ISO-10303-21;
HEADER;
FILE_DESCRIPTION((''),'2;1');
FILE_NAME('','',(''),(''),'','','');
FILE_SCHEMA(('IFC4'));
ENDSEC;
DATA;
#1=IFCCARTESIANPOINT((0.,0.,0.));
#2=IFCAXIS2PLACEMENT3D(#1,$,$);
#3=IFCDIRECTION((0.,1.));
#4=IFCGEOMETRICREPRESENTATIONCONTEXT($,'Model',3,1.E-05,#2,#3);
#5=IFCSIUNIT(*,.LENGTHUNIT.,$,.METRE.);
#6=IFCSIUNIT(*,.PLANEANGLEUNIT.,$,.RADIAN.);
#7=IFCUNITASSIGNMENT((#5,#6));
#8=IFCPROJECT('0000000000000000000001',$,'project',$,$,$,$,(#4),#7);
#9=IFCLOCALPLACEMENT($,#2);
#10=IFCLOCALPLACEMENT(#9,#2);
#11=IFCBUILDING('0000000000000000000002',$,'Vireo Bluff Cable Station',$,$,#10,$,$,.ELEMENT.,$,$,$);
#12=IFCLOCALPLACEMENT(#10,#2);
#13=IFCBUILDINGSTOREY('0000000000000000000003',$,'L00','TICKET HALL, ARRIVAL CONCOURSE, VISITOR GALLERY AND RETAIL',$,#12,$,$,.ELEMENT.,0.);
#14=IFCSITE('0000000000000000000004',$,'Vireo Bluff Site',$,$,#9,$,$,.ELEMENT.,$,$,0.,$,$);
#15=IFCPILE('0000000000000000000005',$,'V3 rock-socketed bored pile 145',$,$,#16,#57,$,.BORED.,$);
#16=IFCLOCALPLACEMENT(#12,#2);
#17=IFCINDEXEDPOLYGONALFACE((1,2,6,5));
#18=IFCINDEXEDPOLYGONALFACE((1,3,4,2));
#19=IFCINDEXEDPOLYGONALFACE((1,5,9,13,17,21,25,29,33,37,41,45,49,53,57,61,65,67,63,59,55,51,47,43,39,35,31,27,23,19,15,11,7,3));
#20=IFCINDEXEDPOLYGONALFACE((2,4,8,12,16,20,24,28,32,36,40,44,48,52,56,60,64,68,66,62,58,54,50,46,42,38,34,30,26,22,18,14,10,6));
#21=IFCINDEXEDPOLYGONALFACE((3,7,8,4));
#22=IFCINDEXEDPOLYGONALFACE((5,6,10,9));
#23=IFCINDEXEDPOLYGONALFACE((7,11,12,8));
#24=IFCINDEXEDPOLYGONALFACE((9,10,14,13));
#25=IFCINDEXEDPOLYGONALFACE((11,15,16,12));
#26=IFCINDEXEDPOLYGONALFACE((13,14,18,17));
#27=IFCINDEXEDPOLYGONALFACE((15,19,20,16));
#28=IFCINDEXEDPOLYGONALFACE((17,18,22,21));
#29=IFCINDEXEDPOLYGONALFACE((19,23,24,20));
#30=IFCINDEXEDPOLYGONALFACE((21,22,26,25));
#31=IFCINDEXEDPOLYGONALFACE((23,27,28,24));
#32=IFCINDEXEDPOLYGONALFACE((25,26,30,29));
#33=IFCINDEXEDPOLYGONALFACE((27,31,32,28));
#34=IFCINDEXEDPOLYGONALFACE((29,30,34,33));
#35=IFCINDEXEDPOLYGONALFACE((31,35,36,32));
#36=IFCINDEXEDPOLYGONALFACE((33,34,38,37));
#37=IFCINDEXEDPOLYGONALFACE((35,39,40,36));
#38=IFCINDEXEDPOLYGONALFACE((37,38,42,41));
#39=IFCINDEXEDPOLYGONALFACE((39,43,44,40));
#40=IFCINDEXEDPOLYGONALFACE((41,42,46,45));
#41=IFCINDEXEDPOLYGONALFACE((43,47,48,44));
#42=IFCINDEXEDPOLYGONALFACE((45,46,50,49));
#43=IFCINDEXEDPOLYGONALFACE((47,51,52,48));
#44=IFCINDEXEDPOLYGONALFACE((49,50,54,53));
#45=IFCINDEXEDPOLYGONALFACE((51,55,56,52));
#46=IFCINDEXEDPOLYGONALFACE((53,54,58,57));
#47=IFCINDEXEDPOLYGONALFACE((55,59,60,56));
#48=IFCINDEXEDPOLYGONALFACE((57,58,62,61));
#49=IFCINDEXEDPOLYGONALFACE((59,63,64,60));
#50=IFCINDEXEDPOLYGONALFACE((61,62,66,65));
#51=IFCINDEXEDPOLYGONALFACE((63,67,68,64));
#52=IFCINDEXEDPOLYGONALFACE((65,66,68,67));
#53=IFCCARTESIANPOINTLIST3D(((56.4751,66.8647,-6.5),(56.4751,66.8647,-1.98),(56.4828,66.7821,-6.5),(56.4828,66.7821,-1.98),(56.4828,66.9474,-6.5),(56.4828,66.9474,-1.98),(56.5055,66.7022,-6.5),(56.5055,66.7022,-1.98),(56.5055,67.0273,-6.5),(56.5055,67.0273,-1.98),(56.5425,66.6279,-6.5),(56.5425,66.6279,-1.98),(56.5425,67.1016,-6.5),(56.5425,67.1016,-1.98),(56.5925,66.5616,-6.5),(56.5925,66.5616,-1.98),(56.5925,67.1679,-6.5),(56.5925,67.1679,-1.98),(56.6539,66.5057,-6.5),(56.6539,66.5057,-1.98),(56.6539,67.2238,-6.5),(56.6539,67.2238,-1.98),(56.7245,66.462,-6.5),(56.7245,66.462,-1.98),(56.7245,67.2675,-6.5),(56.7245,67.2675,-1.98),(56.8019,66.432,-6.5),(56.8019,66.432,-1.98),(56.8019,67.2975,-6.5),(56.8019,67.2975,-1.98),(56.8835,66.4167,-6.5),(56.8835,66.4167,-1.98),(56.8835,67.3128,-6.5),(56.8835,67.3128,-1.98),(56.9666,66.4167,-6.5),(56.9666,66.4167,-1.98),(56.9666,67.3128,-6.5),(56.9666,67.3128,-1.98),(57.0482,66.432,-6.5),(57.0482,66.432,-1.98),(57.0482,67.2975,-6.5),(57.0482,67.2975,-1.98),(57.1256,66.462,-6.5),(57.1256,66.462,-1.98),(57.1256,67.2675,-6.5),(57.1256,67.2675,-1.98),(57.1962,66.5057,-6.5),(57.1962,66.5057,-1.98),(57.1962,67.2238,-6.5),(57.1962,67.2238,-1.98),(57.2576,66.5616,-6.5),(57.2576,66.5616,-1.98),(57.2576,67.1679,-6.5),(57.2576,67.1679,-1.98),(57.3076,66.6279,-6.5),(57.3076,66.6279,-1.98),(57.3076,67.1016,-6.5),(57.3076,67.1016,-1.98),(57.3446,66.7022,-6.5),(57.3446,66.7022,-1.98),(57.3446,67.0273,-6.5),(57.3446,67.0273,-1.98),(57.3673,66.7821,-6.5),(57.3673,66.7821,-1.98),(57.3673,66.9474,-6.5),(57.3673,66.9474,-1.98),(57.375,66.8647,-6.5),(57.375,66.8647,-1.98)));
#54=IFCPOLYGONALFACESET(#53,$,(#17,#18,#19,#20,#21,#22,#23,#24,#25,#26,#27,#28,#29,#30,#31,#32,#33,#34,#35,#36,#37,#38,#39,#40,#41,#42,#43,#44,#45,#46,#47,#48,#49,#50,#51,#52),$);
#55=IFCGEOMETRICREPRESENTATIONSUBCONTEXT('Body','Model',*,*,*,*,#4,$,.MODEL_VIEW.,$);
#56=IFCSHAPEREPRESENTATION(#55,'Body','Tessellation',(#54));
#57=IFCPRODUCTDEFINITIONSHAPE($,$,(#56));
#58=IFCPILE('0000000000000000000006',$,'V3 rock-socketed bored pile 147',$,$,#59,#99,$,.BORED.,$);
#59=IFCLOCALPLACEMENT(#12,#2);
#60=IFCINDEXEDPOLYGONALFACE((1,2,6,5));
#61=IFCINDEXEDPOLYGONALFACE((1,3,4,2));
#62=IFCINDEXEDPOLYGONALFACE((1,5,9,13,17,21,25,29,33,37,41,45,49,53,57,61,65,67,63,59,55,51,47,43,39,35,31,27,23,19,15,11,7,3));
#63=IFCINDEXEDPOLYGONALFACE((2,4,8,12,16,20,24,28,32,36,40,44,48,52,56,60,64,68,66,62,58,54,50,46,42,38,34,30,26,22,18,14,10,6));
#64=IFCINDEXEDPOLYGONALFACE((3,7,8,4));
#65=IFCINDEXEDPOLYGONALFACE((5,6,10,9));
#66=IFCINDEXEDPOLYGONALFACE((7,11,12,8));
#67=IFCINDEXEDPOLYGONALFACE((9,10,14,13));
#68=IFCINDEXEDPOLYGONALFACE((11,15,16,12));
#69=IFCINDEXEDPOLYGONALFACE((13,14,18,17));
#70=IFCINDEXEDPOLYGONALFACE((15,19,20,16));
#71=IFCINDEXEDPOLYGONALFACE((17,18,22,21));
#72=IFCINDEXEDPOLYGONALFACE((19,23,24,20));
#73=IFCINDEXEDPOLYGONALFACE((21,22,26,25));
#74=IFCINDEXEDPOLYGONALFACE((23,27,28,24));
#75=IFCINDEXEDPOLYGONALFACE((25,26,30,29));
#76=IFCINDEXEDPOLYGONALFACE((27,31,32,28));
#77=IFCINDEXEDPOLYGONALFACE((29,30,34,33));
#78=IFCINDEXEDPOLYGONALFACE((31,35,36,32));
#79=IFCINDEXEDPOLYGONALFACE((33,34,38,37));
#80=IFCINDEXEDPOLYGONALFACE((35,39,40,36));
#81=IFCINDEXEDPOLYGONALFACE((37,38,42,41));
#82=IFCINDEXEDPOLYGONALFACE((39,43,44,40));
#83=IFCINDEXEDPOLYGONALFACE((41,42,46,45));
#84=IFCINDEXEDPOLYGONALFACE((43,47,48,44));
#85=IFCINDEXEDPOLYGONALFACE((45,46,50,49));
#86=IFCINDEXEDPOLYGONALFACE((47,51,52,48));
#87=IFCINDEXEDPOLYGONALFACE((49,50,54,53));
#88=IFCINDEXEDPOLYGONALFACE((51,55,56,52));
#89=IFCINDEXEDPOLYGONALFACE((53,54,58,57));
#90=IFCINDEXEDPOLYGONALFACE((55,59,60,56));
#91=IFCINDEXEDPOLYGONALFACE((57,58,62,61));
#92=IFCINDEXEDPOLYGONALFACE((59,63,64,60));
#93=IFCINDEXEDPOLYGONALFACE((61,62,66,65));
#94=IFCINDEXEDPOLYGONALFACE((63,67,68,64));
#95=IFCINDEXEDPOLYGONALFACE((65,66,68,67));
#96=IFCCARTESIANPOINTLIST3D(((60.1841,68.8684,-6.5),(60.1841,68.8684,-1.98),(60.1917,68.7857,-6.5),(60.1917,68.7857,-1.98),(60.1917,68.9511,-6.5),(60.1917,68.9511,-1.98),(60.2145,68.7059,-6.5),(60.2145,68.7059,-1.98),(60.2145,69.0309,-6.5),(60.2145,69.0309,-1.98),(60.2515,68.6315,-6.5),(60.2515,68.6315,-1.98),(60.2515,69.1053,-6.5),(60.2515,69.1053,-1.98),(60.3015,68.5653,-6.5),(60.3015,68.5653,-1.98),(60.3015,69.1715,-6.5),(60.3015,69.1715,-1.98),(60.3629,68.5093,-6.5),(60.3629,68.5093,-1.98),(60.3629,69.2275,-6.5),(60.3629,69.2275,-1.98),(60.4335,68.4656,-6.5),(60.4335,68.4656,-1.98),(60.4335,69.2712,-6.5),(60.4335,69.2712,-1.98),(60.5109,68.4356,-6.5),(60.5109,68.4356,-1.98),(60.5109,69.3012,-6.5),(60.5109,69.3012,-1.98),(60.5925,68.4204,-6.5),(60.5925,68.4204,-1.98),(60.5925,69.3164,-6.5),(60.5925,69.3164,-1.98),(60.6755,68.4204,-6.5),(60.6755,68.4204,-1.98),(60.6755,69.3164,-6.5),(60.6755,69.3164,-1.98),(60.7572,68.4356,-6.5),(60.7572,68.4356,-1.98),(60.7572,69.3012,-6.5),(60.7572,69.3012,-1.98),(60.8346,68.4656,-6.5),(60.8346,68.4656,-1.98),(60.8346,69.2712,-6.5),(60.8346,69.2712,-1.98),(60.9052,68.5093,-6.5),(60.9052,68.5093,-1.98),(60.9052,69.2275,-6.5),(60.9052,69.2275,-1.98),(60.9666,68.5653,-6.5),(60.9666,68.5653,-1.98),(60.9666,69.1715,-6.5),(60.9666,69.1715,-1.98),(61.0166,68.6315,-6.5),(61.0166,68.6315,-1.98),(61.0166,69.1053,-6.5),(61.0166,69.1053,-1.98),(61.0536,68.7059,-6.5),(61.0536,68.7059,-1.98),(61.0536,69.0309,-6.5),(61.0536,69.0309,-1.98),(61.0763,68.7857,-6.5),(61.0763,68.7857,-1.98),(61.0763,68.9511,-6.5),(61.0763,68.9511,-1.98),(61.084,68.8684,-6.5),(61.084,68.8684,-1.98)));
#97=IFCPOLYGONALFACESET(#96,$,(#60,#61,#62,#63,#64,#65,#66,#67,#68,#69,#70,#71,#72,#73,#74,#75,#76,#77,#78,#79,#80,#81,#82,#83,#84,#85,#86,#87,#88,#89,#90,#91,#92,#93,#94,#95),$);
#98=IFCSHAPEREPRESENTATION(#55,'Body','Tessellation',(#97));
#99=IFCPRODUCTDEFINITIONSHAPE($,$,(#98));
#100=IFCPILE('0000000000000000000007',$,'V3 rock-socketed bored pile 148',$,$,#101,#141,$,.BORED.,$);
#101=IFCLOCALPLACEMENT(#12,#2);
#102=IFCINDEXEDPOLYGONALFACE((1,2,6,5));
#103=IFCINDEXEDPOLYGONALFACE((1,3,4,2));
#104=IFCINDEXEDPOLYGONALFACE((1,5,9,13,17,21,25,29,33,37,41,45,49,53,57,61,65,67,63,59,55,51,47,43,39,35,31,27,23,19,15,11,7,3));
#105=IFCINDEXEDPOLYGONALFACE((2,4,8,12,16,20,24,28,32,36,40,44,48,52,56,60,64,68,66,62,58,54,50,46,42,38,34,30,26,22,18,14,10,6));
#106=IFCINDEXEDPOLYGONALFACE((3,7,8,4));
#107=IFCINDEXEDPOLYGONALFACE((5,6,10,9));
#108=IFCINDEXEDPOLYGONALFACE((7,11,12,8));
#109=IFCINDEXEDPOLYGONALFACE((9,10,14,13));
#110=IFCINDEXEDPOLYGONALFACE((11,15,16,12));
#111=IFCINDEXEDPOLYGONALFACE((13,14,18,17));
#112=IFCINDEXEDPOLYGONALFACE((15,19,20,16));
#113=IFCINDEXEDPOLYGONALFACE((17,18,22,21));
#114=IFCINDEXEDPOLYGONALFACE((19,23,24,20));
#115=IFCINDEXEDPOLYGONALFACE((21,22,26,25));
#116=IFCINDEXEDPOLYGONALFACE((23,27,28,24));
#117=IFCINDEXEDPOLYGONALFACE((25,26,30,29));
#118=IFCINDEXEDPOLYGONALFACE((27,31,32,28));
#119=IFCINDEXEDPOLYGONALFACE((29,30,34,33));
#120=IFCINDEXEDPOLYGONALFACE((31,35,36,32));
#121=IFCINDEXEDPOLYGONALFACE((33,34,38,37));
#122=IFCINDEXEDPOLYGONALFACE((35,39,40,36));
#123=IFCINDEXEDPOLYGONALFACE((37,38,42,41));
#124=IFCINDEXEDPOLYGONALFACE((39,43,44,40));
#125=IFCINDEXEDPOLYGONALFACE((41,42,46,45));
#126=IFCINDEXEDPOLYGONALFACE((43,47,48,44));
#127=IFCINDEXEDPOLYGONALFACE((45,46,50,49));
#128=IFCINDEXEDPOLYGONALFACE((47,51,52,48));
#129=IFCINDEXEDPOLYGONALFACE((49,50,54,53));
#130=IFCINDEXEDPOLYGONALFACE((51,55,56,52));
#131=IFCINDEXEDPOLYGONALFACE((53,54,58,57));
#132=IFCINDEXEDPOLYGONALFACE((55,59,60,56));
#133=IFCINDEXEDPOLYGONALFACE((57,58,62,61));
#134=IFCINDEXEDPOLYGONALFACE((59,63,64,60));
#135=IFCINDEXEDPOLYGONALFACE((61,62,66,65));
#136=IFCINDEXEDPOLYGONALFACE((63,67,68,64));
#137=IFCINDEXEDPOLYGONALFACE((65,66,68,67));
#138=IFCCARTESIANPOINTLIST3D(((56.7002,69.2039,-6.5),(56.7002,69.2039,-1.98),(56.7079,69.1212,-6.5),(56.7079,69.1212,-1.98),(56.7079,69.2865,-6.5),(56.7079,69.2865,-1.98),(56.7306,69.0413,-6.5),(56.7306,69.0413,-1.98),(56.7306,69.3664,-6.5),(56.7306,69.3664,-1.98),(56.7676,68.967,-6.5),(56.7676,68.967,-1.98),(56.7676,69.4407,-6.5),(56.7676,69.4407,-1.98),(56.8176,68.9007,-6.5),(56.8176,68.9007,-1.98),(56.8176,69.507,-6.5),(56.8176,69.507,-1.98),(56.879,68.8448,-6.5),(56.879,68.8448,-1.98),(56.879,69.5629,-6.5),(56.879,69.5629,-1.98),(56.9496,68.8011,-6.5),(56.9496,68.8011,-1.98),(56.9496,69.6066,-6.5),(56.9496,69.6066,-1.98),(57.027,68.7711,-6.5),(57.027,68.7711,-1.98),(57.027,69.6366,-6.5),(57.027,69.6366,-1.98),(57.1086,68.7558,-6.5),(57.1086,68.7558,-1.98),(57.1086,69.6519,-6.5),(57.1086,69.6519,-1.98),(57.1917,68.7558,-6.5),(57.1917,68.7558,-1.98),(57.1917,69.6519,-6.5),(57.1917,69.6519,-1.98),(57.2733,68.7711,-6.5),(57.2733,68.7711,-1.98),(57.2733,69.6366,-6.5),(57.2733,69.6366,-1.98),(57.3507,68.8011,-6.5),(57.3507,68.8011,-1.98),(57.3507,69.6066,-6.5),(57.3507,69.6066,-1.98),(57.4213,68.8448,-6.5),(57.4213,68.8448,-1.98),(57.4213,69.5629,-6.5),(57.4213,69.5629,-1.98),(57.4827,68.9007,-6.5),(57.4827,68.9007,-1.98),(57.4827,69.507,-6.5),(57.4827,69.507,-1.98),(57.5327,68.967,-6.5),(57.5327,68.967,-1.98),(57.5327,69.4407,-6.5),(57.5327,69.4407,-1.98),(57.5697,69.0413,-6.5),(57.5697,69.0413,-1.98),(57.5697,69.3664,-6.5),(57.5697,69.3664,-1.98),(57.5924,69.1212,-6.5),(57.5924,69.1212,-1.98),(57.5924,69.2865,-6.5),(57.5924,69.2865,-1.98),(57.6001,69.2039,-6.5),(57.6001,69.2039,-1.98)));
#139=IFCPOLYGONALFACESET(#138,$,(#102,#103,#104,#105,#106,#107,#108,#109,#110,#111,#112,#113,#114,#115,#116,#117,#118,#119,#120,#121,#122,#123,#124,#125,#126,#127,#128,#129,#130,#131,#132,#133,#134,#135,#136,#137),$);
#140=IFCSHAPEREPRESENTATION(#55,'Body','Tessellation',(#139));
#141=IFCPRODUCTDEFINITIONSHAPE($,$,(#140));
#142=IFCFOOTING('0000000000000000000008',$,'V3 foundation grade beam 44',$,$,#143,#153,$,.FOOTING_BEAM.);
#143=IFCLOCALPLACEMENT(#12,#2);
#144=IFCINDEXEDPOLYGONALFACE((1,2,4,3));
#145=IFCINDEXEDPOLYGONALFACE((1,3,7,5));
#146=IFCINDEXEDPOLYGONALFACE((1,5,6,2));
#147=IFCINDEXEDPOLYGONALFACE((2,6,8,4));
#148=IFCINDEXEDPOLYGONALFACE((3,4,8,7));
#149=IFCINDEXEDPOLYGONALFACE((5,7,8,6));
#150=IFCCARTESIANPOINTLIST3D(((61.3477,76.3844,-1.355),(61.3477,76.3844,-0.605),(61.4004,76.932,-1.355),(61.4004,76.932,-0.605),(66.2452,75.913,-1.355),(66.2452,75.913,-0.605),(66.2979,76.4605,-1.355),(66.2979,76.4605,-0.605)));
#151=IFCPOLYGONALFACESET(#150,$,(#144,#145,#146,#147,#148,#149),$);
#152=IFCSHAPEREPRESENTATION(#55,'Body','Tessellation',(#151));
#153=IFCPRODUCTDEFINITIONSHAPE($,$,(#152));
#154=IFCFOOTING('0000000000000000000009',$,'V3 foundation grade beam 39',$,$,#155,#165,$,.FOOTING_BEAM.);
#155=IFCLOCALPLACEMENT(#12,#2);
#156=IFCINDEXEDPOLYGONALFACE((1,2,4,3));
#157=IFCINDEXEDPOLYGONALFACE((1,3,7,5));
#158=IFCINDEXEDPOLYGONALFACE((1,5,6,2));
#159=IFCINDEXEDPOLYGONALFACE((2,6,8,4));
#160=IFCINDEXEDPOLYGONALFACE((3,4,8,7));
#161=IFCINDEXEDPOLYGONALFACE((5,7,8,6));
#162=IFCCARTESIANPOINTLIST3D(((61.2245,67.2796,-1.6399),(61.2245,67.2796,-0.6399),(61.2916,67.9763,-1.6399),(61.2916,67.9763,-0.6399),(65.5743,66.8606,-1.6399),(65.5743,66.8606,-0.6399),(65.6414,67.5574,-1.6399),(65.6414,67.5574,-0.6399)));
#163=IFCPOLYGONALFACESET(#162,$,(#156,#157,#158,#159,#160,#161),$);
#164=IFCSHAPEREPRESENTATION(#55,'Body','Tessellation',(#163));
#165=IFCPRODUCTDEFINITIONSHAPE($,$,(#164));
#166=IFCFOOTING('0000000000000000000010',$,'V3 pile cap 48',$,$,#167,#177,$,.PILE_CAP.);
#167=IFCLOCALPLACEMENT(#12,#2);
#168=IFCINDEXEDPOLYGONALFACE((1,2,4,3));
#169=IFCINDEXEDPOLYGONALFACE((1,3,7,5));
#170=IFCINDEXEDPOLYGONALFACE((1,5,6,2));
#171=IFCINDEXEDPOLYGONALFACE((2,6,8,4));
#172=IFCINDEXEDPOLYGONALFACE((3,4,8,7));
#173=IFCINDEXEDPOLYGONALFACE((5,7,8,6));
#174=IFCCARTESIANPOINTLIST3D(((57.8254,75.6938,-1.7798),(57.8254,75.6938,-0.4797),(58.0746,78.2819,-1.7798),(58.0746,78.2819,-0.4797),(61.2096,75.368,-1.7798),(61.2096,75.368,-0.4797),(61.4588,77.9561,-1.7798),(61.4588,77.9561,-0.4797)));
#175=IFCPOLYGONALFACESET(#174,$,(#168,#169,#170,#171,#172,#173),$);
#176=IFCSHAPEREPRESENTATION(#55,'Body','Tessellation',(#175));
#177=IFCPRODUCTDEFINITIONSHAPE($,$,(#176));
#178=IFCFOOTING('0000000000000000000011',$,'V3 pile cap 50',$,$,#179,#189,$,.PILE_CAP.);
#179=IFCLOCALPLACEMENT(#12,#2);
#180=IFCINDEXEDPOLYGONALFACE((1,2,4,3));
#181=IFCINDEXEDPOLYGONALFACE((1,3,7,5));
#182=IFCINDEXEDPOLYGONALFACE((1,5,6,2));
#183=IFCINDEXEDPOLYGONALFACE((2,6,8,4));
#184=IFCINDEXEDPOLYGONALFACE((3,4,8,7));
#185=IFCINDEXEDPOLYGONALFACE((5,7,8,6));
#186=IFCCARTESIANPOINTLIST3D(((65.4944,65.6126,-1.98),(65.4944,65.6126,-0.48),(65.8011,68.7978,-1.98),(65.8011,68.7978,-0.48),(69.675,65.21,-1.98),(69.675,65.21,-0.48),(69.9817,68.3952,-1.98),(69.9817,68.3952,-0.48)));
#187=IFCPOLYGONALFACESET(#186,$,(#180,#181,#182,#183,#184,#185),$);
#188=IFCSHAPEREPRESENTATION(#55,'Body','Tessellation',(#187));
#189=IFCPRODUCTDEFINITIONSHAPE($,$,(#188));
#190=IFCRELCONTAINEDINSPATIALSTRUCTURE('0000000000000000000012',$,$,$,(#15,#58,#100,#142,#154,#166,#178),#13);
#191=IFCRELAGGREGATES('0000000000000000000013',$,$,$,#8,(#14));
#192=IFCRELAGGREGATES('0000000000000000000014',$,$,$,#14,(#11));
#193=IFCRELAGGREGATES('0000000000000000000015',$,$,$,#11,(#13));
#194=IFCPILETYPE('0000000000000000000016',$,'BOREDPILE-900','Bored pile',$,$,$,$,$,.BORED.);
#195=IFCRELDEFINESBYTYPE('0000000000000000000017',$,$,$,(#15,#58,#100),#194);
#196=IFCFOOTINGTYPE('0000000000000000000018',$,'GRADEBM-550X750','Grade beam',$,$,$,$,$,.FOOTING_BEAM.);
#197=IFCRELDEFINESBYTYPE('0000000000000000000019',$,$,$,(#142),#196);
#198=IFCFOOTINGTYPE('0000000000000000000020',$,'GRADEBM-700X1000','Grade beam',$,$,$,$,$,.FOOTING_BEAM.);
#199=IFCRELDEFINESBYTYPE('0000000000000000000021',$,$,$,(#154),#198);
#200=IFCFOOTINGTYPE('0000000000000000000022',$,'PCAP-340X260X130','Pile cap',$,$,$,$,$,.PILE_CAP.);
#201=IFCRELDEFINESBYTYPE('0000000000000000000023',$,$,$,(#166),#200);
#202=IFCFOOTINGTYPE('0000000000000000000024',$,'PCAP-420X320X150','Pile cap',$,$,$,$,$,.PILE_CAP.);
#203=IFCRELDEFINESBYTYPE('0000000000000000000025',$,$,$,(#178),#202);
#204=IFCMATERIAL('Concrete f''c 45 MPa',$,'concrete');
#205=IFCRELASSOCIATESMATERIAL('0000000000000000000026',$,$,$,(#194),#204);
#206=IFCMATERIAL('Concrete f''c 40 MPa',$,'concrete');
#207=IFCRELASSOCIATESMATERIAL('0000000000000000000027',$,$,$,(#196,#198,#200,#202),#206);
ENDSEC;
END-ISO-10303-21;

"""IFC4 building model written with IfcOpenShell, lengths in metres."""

from ifc_helpers import new_model, si_unit, direction, frame, origin, origin_2d, place, context, subcontext, project, spatial, rectangle, circle, extrude, material, material_profile, profile_set, type_object, element, save


model = new_model("IFC4")

# Units and contexts
model_context = context("Model", 3, precision=1e-05, world=origin(), true_north=direction((0.0, 1.0)))
body_context = subcontext(model_context, "Body", "Model", "MODEL_VIEW")
ifc_project = project(units=[si_unit("LENGTHUNIT", "METRE"), si_unit("PLANEANGLEUNIT", "RADIAN")], contexts=[model_context])

# Site, building, storey
site_placement = place(None, origin())
site = spatial("IfcSite", under=ifc_project, at=site_placement, Name="Vireo Bluff Site", CompositionType="ELEMENT", RefElevation=0.0)
building_placement = place(site_placement, origin())
building = spatial("IfcBuilding", under=site, at=building_placement, Name="Vireo Bluff Cable Station", CompositionType="ELEMENT")
storey_placement = place(building_placement, origin())
storey = spatial("IfcBuildingStorey", under=building, at=storey_placement, Name="L00", Description="TICKET HALL, ARRIVAL CONCOURSE, VISITOR GALLERY AND RETAIL", CompositionType="ELEMENT", Elevation=0.0)

# Piles
ifc_material_1 = material(Name="Concrete f'c 45 MPa", Category="concrete")
ifc_material_profile_1 = material_profile(ifc_material_1, circle(Radius=0.45, at=origin_2d()), Name="BOREDPILE-900")
ifc_profile_set_1 = profile_set([ifc_material_profile_1], Name="Concrete f'c 45 MPa")
pile_type_1 = type_object("IfcPileType", Name="BOREDPILE-900", Description="Bored pile", PredefinedType="BORED", material=ifc_profile_set_1)
for number, where, z_axis, x_axis, name in (
    (1, (56.925, 66.8647, -1.98), (0.0, 0.0, -1.0), (1.0, 0.0, 0.0), "V3 rock-socketed bored pile 145"),
    (2, (60.634, 68.8684, -1.98), (0.0, 0.0, -1.0), (1.0, 0.0, 0.0), "V3 rock-socketed bored pile 147"),
    (3, (57.1501, 69.2039, -1.98), (0.0, 0.0, -1.0), (1.0, 0.0, 0.0), "V3 rock-socketed bored pile 148"),
):
    element("IfcPile", number, at=place(storey_placement, frame(where, z_axis=z_axis, x_axis=x_axis)), inside=storey, type_object=pile_type_1, Name=name, PredefinedType="BORED", context=body_context, shape_type="SweptSolid", body=[
        extrude(circle(Radius=0.45, at=origin_2d()), origin(), (0.0, 0.0, 1.0), 4.52),
    ])

# Footings
ifc_material_2 = material(Name="Concrete f'c 40 MPa", Category="concrete")
ifc_material_profile_2 = material_profile(ifc_material_2, rectangle(XDim=0.55, YDim=0.75, at=origin_2d()), Name="GRADEBM-550X750")
ifc_profile_set_2 = profile_set([ifc_material_profile_2], Name="Concrete f'c 40 MPa")
footing_type_1 = type_object("IfcFootingType", Name="GRADEBM-550X750", Description="Grade beam", PredefinedType="FOOTING_BEAM", material=ifc_profile_set_2)
footing_1_placement = place(storey_placement, frame((61.374, 76.6582, -0.98), z_axis=(0.995399, -0.095818, 0.0), x_axis=(0.095818, 0.995399, 0.0)))
element("IfcFooting", 4, at=footing_1_placement, inside=storey, type_object=footing_type_1, Name="V3 foundation grade beam 44", PredefinedType="FOOTING_BEAM", context=body_context, shape_type="SweptSolid", body=[
    extrude(rectangle(XDim=0.55, YDim=0.75, at=origin_2d()), origin(), (0.0, 0.0, 1.0), 4.9202),
])
ifc_material_profile_3 = material_profile(ifc_material_2, rectangle(XDim=0.7, YDim=1.0, at=origin_2d()), Name="GRADEBM-700X1000")
ifc_profile_set_3 = profile_set([ifc_material_profile_3], Name="Concrete f'c 40 MPa")
footing_type_2 = type_object("IfcFootingType", Name="GRADEBM-700X1000", Description="Grade beam", PredefinedType="FOOTING_BEAM", material=ifc_profile_set_3)
footing_2_placement = place(storey_placement, frame((61.2581, 67.6279, -1.1399), z_axis=(0.995394, -0.095869, 0.0), x_axis=(0.095869, 0.995394, 0.0)))
element("IfcFooting", 5, at=footing_2_placement, inside=storey, type_object=footing_type_2, Name="V3 foundation grade beam 39", PredefinedType="FOOTING_BEAM", context=body_context, shape_type="SweptSolid", body=[
    extrude(rectangle(XDim=0.7, YDim=1.0, at=origin_2d()), origin(), (0.0, 0.0, 1.0), 4.3699),
])
footing_type_3 = type_object("IfcFootingType", Name="PCAP-340X260X130", Description="Pile cap", PredefinedType="PILE_CAP", material=ifc_material_2)
footing_3_placement = place(storey_placement, frame((59.6421, 76.825, -1.7798), z_axis=(0.0, 0.0, 1.0), x_axis=(0.995396, -0.095846, 0.0)))
element("IfcFooting", 6, at=footing_3_placement, inside=storey, type_object=footing_type_3, Name="V3 pile cap 48", PredefinedType="PILE_CAP", context=body_context, shape_type="SweptSolid", body=[
    extrude(rectangle(XDim=3.3999, YDim=2.6001, at=origin_2d()), origin(), (0.0, 0.0, 1.0), 1.3),
])
footing_type_4 = type_object("IfcFootingType", Name="PCAP-420X320X150", Description="Pile cap", PredefinedType="PILE_CAP", material=ifc_material_2)
footing_4_placement = place(storey_placement, frame((67.738, 67.0039, -1.98), z_axis=(0.0, 0.0, 1.0), x_axis=(0.995396, -0.095846, 0.0)))
element("IfcFooting", 7, at=footing_4_placement, inside=storey, type_object=footing_type_4, Name="V3 pile cap 50", PredefinedType="PILE_CAP", context=body_context, shape_type="SweptSolid", body=[
    extrude(rectangle(XDim=4.2, YDim=3.2, at=origin_2d()), origin(), (0.0, 0.0, 1.0), 1.5),
])

save(model, "model.ifc")
